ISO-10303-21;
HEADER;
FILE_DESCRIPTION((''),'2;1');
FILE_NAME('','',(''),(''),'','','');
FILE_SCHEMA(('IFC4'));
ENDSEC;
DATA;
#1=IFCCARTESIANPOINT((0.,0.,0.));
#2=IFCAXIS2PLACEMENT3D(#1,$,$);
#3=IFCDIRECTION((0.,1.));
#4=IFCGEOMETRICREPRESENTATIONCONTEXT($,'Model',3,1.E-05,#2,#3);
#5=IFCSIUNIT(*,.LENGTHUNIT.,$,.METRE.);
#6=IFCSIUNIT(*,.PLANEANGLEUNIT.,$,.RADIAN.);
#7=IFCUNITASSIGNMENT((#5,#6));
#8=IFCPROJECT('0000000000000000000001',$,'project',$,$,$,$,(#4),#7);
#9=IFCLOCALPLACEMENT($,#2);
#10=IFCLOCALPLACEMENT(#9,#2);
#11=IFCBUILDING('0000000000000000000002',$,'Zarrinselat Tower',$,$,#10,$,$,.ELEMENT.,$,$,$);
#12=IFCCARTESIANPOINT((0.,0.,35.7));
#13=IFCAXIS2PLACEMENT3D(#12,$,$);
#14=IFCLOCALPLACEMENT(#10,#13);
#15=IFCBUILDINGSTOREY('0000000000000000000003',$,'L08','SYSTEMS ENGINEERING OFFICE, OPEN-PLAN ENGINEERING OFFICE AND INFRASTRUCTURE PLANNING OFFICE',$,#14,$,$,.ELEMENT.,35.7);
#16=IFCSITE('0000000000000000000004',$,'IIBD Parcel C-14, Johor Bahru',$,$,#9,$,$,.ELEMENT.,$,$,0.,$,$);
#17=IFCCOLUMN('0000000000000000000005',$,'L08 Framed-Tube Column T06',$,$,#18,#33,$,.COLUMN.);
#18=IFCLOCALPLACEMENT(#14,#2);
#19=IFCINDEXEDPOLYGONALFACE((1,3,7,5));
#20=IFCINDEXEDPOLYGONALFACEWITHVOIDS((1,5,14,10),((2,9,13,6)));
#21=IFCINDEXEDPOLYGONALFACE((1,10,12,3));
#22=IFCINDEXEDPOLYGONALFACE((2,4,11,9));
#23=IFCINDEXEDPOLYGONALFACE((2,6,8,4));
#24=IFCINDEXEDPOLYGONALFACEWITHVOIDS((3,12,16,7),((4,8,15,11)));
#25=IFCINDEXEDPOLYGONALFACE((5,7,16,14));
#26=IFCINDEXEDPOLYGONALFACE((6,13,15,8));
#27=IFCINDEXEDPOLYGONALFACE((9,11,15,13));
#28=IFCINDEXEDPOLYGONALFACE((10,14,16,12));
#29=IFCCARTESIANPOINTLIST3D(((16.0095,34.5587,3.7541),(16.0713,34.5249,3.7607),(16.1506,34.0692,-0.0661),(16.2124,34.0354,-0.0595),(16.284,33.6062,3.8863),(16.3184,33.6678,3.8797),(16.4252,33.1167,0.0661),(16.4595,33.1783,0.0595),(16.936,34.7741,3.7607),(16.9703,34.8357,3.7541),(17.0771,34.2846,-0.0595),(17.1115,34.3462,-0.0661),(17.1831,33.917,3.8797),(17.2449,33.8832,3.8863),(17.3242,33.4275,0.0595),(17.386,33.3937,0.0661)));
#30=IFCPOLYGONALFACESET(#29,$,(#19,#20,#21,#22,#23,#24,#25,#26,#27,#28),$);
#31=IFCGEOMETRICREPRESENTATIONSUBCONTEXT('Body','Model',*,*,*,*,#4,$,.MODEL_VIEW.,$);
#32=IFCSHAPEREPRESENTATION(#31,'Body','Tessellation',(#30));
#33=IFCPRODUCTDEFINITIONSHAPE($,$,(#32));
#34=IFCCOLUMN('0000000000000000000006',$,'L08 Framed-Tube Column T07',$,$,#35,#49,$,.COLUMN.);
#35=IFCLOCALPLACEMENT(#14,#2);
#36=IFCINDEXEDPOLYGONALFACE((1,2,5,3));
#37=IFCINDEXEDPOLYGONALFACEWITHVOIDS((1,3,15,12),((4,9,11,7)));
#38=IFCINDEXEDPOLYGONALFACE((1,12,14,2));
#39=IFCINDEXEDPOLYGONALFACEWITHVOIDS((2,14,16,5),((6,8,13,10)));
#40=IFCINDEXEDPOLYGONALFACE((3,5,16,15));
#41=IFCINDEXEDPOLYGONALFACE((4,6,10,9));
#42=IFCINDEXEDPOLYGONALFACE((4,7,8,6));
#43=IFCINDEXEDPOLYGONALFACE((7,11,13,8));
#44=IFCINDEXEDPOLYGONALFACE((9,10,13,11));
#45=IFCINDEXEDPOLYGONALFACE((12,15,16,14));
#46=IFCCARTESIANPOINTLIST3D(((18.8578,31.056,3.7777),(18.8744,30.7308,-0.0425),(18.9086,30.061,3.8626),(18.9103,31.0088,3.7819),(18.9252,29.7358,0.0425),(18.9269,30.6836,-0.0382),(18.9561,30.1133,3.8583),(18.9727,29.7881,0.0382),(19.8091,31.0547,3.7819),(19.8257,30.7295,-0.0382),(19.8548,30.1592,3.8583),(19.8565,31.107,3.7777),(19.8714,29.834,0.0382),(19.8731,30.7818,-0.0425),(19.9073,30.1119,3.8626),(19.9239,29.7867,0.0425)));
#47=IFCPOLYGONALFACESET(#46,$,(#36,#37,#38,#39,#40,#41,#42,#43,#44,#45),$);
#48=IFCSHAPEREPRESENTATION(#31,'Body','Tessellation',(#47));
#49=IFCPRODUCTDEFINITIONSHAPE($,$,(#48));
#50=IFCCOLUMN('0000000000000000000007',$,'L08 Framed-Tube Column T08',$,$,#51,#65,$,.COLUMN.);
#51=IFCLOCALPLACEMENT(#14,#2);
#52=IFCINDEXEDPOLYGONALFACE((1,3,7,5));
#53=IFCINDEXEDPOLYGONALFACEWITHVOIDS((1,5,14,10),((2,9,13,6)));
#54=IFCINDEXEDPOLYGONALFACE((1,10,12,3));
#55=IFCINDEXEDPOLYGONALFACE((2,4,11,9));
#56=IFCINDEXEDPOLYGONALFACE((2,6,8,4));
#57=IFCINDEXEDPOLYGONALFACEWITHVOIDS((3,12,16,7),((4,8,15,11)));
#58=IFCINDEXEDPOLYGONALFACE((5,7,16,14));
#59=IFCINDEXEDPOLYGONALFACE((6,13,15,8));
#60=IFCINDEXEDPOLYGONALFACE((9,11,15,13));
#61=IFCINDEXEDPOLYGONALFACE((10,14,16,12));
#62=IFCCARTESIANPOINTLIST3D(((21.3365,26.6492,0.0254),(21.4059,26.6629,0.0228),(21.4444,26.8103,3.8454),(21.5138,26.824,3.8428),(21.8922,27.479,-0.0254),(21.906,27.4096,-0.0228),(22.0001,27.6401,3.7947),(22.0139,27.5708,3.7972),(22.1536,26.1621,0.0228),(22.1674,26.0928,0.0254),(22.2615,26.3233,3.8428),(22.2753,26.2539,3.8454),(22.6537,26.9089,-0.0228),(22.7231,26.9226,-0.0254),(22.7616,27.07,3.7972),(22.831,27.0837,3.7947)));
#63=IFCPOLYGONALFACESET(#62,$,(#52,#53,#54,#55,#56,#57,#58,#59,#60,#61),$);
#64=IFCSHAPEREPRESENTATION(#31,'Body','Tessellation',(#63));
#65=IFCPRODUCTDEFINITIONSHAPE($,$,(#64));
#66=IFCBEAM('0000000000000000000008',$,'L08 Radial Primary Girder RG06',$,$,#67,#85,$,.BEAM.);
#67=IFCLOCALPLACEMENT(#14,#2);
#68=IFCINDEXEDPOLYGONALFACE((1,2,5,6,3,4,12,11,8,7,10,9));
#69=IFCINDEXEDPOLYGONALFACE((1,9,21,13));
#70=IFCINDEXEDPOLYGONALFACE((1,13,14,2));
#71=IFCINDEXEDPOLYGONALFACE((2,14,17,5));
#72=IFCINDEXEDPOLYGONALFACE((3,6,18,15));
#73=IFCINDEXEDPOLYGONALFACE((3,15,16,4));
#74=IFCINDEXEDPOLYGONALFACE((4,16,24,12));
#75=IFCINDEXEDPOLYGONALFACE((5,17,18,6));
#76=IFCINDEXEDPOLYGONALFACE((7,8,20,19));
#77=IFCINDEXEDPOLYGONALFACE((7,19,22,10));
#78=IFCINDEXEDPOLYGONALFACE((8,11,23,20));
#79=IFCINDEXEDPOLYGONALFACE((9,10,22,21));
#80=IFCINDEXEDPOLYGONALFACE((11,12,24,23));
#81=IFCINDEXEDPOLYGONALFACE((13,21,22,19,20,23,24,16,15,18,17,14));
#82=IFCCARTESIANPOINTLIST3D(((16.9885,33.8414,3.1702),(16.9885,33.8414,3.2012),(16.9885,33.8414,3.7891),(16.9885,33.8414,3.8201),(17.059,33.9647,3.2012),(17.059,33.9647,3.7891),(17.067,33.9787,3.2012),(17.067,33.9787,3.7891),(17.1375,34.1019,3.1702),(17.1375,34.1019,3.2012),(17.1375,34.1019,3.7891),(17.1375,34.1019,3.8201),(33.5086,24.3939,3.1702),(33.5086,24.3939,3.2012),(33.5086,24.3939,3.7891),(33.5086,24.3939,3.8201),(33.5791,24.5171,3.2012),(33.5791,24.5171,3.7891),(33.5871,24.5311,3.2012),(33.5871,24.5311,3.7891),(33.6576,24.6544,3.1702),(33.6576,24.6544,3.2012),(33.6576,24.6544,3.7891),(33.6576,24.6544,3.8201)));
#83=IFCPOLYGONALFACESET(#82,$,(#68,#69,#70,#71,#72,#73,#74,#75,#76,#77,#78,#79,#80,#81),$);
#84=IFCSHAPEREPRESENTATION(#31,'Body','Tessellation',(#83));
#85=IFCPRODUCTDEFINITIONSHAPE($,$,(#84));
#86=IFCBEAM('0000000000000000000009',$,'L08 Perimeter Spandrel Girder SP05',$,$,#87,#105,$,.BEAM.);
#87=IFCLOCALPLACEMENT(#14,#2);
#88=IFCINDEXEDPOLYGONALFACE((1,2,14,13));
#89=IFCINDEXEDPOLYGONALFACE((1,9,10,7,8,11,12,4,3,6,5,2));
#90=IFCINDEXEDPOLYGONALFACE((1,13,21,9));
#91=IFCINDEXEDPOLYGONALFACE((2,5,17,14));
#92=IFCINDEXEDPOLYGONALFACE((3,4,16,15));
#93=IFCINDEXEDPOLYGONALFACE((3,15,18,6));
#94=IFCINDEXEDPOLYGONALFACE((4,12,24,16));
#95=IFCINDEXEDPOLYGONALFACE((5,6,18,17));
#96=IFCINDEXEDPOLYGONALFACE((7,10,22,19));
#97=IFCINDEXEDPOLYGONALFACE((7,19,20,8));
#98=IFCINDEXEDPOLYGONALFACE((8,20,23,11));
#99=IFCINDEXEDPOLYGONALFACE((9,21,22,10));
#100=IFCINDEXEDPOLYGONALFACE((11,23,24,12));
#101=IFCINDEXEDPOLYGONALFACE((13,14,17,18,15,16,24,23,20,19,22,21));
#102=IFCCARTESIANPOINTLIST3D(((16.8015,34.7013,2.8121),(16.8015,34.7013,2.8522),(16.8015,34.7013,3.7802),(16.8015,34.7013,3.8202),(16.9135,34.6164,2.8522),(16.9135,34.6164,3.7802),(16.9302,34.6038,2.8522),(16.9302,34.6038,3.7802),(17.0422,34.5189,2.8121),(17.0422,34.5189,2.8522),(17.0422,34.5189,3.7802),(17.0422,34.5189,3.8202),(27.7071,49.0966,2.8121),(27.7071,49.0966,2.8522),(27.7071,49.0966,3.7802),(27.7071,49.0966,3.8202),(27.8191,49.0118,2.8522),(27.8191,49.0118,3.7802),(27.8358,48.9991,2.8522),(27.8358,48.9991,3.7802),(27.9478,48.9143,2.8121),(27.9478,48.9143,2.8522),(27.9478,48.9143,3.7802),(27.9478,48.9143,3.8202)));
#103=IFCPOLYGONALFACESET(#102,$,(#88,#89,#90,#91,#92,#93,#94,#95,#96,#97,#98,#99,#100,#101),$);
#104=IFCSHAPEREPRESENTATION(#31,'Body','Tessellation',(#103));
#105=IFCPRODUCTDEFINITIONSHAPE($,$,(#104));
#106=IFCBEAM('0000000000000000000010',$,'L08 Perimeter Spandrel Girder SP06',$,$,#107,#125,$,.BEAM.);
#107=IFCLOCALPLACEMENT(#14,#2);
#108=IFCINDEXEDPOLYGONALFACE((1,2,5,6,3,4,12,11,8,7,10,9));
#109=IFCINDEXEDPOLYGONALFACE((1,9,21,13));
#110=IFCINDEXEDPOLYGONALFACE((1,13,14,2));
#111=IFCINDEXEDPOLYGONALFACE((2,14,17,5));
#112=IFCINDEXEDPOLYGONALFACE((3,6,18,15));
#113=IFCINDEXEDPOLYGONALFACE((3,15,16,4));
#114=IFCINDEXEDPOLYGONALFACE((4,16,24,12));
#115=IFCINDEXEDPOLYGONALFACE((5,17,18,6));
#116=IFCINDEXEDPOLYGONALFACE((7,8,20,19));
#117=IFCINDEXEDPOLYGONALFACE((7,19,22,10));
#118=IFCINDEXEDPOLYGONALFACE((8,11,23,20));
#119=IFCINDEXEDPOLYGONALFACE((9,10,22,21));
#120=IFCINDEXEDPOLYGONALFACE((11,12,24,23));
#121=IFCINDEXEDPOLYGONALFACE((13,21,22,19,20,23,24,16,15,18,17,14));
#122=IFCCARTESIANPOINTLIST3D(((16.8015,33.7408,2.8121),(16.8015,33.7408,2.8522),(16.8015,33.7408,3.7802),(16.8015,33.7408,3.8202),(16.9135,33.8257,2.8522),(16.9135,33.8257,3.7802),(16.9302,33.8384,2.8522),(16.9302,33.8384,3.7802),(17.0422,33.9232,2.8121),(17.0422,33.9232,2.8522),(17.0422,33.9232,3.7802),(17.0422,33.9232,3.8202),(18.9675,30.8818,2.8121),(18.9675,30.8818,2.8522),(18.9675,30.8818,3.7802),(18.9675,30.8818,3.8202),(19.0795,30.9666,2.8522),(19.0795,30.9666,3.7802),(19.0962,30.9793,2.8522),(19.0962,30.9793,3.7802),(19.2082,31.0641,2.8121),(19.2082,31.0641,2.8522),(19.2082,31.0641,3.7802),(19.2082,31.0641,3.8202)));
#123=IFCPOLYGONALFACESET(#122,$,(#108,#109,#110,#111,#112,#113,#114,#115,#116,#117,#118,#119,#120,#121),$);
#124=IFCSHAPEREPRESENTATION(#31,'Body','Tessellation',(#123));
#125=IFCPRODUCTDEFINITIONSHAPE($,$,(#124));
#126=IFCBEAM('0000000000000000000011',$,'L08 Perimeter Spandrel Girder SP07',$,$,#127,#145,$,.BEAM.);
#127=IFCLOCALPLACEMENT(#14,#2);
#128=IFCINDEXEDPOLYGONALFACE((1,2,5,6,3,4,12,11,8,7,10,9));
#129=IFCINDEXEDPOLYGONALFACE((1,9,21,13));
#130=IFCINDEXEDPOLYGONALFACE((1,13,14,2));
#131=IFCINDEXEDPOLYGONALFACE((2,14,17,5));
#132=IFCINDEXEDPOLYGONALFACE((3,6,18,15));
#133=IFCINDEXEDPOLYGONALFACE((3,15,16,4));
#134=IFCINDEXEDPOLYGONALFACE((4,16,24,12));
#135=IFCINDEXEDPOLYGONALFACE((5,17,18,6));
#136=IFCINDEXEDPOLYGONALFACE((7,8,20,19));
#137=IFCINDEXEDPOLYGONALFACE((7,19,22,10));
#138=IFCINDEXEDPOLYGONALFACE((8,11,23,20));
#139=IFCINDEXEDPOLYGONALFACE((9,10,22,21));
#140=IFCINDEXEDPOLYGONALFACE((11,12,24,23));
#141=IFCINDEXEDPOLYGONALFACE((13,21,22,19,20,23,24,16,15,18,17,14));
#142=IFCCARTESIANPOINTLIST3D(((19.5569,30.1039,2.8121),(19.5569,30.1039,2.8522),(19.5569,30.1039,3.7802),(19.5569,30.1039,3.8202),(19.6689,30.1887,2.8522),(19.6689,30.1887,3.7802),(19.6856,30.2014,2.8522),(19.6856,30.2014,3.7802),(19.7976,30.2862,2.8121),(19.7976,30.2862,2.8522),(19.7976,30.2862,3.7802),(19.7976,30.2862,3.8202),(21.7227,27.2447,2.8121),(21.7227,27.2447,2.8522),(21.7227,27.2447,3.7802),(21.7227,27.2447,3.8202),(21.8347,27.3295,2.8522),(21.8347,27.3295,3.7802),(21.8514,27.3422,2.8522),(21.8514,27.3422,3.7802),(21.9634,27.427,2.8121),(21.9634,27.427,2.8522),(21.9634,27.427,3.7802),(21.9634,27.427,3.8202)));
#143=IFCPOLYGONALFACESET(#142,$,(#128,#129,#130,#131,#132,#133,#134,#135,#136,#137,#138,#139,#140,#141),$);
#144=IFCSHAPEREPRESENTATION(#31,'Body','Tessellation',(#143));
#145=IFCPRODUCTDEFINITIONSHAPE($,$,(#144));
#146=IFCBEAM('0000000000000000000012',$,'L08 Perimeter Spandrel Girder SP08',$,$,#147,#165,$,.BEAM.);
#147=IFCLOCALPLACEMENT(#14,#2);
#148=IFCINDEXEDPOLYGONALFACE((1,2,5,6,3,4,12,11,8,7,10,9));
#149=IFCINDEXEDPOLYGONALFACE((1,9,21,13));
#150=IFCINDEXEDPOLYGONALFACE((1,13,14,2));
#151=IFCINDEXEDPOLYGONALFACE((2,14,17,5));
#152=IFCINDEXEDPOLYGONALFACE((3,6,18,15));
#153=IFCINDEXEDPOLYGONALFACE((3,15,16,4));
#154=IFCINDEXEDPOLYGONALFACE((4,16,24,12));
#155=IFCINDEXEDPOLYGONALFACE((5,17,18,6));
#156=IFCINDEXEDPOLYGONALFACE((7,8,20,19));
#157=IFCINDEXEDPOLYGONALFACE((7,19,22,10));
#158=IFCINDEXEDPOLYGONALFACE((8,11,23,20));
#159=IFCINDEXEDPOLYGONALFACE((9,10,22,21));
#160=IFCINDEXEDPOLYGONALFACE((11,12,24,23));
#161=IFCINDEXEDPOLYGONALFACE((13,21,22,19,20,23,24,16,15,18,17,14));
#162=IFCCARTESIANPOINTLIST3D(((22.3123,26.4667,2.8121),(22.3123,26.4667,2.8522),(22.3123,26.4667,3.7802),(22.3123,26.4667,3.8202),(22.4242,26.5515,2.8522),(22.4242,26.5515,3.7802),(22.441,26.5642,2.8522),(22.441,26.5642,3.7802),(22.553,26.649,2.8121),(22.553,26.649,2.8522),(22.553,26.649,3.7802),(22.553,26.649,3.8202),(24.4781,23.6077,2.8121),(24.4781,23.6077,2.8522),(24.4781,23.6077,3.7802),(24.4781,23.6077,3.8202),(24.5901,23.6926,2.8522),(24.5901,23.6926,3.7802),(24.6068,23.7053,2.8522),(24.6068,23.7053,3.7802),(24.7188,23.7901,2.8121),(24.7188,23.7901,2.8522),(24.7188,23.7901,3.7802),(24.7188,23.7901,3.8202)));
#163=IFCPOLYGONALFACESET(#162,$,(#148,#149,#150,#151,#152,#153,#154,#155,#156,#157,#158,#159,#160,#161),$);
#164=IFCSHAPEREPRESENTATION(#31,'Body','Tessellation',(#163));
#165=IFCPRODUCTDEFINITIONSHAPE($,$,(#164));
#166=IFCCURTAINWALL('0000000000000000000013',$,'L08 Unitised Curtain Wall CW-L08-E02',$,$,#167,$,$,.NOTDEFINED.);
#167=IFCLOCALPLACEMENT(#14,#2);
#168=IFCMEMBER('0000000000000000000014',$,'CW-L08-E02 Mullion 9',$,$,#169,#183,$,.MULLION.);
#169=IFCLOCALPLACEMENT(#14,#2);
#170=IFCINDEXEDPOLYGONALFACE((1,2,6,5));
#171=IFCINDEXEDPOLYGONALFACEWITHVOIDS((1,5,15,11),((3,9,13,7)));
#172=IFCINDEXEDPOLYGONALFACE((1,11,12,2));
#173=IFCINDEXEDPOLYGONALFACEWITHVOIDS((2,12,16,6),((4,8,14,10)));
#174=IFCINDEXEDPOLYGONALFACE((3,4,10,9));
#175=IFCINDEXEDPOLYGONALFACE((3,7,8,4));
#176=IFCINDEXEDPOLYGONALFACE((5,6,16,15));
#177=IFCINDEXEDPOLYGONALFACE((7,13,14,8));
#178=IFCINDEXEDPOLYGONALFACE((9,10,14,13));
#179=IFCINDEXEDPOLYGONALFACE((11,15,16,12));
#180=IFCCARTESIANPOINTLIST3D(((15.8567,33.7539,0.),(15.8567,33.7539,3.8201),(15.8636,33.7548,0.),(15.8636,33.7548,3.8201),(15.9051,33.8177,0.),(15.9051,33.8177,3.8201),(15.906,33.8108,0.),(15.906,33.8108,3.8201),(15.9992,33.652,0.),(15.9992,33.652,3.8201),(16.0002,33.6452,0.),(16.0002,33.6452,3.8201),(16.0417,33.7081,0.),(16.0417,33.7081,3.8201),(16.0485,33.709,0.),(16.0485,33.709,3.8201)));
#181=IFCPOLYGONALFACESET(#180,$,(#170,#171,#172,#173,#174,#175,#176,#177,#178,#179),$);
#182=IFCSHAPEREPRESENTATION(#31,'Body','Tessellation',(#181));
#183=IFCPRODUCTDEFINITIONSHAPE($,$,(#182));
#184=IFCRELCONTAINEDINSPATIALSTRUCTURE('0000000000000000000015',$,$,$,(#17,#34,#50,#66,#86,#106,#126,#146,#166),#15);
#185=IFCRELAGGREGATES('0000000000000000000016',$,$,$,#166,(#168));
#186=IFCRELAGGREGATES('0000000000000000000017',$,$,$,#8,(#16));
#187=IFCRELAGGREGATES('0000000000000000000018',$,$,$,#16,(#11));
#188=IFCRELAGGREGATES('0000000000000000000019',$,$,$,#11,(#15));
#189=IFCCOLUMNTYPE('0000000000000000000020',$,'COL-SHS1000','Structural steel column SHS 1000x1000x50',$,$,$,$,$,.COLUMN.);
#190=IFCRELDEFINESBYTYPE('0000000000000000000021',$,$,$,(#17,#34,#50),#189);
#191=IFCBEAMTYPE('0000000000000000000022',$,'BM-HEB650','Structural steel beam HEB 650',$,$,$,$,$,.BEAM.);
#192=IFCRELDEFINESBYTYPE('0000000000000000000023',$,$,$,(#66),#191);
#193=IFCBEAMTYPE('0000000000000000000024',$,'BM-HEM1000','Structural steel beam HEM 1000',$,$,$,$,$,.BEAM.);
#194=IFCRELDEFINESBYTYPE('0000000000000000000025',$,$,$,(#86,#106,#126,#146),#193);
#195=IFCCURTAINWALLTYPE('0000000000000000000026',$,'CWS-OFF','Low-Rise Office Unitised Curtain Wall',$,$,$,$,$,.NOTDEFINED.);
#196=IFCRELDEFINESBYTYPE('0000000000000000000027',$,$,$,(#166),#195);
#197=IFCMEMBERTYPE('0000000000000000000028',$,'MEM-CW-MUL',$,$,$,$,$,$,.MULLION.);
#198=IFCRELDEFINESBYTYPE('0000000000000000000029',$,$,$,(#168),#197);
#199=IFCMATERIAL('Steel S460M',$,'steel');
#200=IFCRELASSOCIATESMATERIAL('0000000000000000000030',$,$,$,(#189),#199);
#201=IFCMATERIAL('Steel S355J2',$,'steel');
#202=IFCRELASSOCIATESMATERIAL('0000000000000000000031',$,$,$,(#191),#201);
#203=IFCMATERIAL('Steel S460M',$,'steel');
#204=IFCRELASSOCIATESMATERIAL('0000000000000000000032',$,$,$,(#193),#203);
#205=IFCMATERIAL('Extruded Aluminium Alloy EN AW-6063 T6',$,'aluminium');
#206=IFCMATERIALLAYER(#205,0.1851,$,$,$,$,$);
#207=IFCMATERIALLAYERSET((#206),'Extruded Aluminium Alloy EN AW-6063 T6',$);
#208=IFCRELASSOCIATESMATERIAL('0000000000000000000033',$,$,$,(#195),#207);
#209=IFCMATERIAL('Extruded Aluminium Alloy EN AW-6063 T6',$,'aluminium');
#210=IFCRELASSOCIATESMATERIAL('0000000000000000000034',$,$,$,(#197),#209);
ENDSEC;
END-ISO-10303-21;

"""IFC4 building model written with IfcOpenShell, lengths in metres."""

from ifc_helpers import new_model, si_unit, direction, frame, origin, origin_2d, place, context, subcontext, project, spatial, hollow_rectangle, i_section, extrude, material, layer, layer_set, material_profile, profile_set, type_object, element, aggregate, save


model = new_model("IFC4")

# Units and contexts
model_context = context("Model", 3, precision=1e-05, world=origin(), true_north=direction((0.0, 1.0)))
body_context = subcontext(model_context, "Body", "Model", "MODEL_VIEW")
ifc_project = project(units=[si_unit("LENGTHUNIT", "METRE"), si_unit("PLANEANGLEUNIT", "RADIAN")], contexts=[model_context])

# Site, building, storey
site_placement = place(None, origin())
site = spatial("IfcSite", under=ifc_project, at=site_placement, Name="IIBD Parcel C-14, Johor Bahru", CompositionType="ELEMENT", RefElevation=0.0)
building_placement = place(site_placement, origin())
building = spatial("IfcBuilding", under=site, at=building_placement, Name="Zarrinselat Tower", CompositionType="ELEMENT")
storey_placement = place(building_placement, frame((0.0, 0.0, 35.7)))
storey = spatial("IfcBuildingStorey", under=building, at=storey_placement, Name="L08", Description="SYSTEMS ENGINEERING OFFICE, OPEN-PLAN ENGINEERING OFFICE AND INFRASTRUCTURE PLANNING OFFICE", CompositionType="ELEMENT", Elevation=35.7)

# Columns
ifc_material_1 = material(Name="Steel S460M", Category="steel")
ifc_material_profile_1 = material_profile(ifc_material_1, hollow_rectangle(XDim=1.0, YDim=1.0, WallThickness=0.05, at=origin_2d()), Name="SHS 1000x1000x50")
ifc_profile_set_1 = profile_set([ifc_material_profile_1], Name="Steel S460M")
column_type = type_object("IfcColumnType", Name="COL-SHS1000", Description="Structural steel column SHS 1000x1000x50", PredefinedType="COLUMN", material=ifc_profile_set_1)
column_1_placement = place(storey_placement, frame((16.7683, 33.7314, 0.0), z_axis=(-0.036616, 0.127015, 0.991225), x_axis=(-0.96087, -0.276999, 0.0)))
element("IfcColumn", 1, at=column_1_placement, inside=storey, type_object=column_type, Name="L08 Framed-Tube Column T06", PredefinedType="COLUMN", context=body_context, shape_type="SweptSolid", body=[
    extrude(hollow_rectangle(XDim=1.0, YDim=1.0, WallThickness=0.05, at=origin_2d()), origin(), (0.0, 0.0, 1.0), 3.854),
])
column_2_placement = place(storey_placement, frame((19.3992, 30.2588, 0.0), z_axis=(-0.00433, 0.084821, 0.996387), x_axis=(-0.998699, -0.050985, 0.0)))
element("IfcColumn", 2, at=column_2_placement, inside=storey, type_object=column_type, Name="L08 Framed-Tube Column T07", PredefinedType="COLUMN", context=body_context, shape_type="SweptSolid", body=[
    extrude(hollow_rectangle(XDim=1.0, YDim=1.0, WallThickness=0.05, at=origin_2d()), origin(), (0.0, 0.0, 1.0), 3.834),
])
column_3_placement = place(storey_placement, frame((22.0298, 26.7859, 0.0), z_axis=(0.028212, 0.042126, 0.998714), x_axis=(-0.830886, 0.556442, 0.0)))
element("IfcColumn", 3, at=column_3_placement, inside=storey, type_object=column_type, Name="L08 Framed-Tube Column T08", PredefinedType="COLUMN", context=body_context, shape_type="SweptSolid", body=[
    extrude(hollow_rectangle(XDim=1.0, YDim=1.0, WallThickness=0.05, at=origin_2d()), origin(), (0.0, 0.0, 1.0), 3.825),
])

# Beams
ifc_material_2 = material(Name="Steel S355J2", Category="steel")
ifc_material_profile_2 = material_profile(ifc_material_2, i_section(OverallWidth=0.3, OverallDepth=0.6499, WebThickness=0.0161, FlangeThickness=0.031, at=origin_2d()), Name="HEB 650")
ifc_profile_set_2 = profile_set([ifc_material_profile_2], Name="Steel S355J2")
beam_type_1 = type_object("IfcBeamType", Name="BM-HEB650", Description="Structural steel beam HEB 650", PredefinedType="BEAM", material=ifc_profile_set_2)
beam_1_placement = place(storey_placement, frame((17.063, 33.9717, 3.4951), z_axis=(0.868073, -0.496436, 0.0), x_axis=(0.496436, 0.868073, 0.0)))
element("IfcBeam", 4, at=beam_1_placement, inside=storey, type_object=beam_type_1, Name="L08 Radial Primary Girder RG06", PredefinedType="BEAM", context=body_context, shape_type="SweptSolid", body=[
    extrude(i_section(OverallWidth=0.3, OverallDepth=0.6499, WebThickness=0.0161, FlangeThickness=0.031, at=origin_2d()), origin(), (0.0, 0.0, 1.0), 19.0308),
])
ifc_material_3 = material(Name="Steel S460M", Category="steel")
ifc_material_profile_3 = material_profile(ifc_material_3, i_section(OverallWidth=0.302, OverallDepth=1.0081, WebThickness=0.021, FlangeThickness=0.04, at=origin_2d()), Name="HEM 1000")
ifc_profile_set_3 = profile_set([ifc_material_profile_3], Name="Steel S460M")
beam_type_2 = type_object("IfcBeamType", Name="BM-HEM1000", Description="Structural steel beam HEM 1000", PredefinedType="BEAM", material=ifc_profile_set_3)
beam_2_placement = place(storey_placement, frame((16.9219, 34.6101, 3.3162), z_axis=(0.603858, 0.797092, 0.0), x_axis=(-0.797092, 0.603858, 0.0)))
element("IfcBeam", 5, at=beam_2_placement, inside=storey, type_object=beam_type_2, Name="L08 Perimeter Spandrel Girder SP05", PredefinedType="BEAM", context=body_context, shape_type="SweptSolid", body=[
    extrude(i_section(OverallWidth=0.302, OverallDepth=1.0081, WebThickness=0.021, FlangeThickness=0.04, at=origin_2d()), origin(), (0.0, 0.0, 1.0), 18.0598),
])
for number, where, z_axis, x_axis, name in (
    (6, (16.9219, 33.832, 3.3162), (0.603859, -0.797091, 0.0), (0.797091, 0.603859, 0.0), "L08 Perimeter Spandrel Girder SP06"),
    (7, (19.6772, 30.1951, 3.3162), (0.603816, -0.797124, 0.0), (0.797124, 0.603816, 0.0), "L08 Perimeter Spandrel Girder SP07"),
):
    element("IfcBeam", number, at=place(storey_placement, frame(where, z_axis=z_axis, x_axis=x_axis)), inside=storey, type_object=beam_type_2, Name=name, PredefinedType="BEAM", context=body_context, shape_type="SweptSolid", body=[
        extrude(i_section(OverallWidth=0.302, OverallDepth=1.0081, WebThickness=0.021, FlangeThickness=0.04, at=origin_2d()), origin(), (0.0, 0.0, 1.0), 3.5869),
    ])
beam_3_placement = place(storey_placement, frame((22.4326, 26.5579, 3.3162), z_axis=(0.603849, -0.797099, 0.0), x_axis=(0.797099, 0.603849, 0.0)))
element("IfcBeam", 8, at=beam_3_placement, inside=storey, type_object=beam_type_2, Name="L08 Perimeter Spandrel Girder SP08", PredefinedType="BEAM", context=body_context, shape_type="SweptSolid", body=[
    extrude(i_section(OverallWidth=0.302, OverallDepth=1.0081, WebThickness=0.021, FlangeThickness=0.04, at=origin_2d()), origin(), (0.0, 0.0, 1.0), 3.5867),
])

# Curtain wall, member
ifc_material_4 = material(Name="Extruded Aluminium Alloy EN AW-6063 T6", Category="aluminium")
ifc_layer_1 = layer(ifc_material_4, 0.1851)
ifc_layer_set_1 = layer_set([ifc_layer_1], Name="Extruded Aluminium Alloy EN AW-6063 T6")
curtain_wall_type = type_object("IfcCurtainWallType", Name="CWS-OFF", Description="Low-Rise Office Unitised Curtain Wall", PredefinedType="NOTDEFINED", material=ifc_layer_set_1)
curtain_wall_1_placement = place(storey_placement, origin())
curtain_wall_1 = element("IfcCurtainWall", 9, at=curtain_wall_1_placement, inside=storey, type_object=curtain_wall_type, Name="L08 Unitised Curtain Wall CW-L08-E02", PredefinedType="NOTDEFINED")
ifc_material_5 = material(Name="Extruded Aluminium Alloy EN AW-6063 T6", Category="aluminium")
ifc_material_profile_4 = material_profile(ifc_material_5, hollow_rectangle(XDim=0.0801, YDim=0.1799, WallThickness=0.0049, at=origin_2d()), Name="RHS 180x80x5")
ifc_profile_set_4 = profile_set([ifc_material_profile_4], Name="Extruded Aluminium Alloy EN AW-6063 T6")
member_type_1 = type_object("IfcMemberType", Name="MEM-CW-MUL", PredefinedType="MULLION", material=ifc_profile_set_4)
member_1_placement = place(storey_placement, frame((15.9526, 33.7314, 0.0), z_axis=(0.0, 0.0, 1.0), x_axis=(-0.603859, -0.797091, 0.0)))
member_1 = element("IfcMember", 10, at=member_1_placement, type_object=member_type_1, Name="CW-L08-E02 Mullion 9", PredefinedType="MULLION", context=body_context, shape_type="SweptSolid", body=[
    extrude(hollow_rectangle(XDim=0.0801, YDim=0.1799, WallThickness=0.0049, at=origin_2d()), origin(), (0.0, 0.0, 1.0), 3.8201),
])

aggregate(curtain_wall_1, [member_1])

save(model, "model.ifc")
